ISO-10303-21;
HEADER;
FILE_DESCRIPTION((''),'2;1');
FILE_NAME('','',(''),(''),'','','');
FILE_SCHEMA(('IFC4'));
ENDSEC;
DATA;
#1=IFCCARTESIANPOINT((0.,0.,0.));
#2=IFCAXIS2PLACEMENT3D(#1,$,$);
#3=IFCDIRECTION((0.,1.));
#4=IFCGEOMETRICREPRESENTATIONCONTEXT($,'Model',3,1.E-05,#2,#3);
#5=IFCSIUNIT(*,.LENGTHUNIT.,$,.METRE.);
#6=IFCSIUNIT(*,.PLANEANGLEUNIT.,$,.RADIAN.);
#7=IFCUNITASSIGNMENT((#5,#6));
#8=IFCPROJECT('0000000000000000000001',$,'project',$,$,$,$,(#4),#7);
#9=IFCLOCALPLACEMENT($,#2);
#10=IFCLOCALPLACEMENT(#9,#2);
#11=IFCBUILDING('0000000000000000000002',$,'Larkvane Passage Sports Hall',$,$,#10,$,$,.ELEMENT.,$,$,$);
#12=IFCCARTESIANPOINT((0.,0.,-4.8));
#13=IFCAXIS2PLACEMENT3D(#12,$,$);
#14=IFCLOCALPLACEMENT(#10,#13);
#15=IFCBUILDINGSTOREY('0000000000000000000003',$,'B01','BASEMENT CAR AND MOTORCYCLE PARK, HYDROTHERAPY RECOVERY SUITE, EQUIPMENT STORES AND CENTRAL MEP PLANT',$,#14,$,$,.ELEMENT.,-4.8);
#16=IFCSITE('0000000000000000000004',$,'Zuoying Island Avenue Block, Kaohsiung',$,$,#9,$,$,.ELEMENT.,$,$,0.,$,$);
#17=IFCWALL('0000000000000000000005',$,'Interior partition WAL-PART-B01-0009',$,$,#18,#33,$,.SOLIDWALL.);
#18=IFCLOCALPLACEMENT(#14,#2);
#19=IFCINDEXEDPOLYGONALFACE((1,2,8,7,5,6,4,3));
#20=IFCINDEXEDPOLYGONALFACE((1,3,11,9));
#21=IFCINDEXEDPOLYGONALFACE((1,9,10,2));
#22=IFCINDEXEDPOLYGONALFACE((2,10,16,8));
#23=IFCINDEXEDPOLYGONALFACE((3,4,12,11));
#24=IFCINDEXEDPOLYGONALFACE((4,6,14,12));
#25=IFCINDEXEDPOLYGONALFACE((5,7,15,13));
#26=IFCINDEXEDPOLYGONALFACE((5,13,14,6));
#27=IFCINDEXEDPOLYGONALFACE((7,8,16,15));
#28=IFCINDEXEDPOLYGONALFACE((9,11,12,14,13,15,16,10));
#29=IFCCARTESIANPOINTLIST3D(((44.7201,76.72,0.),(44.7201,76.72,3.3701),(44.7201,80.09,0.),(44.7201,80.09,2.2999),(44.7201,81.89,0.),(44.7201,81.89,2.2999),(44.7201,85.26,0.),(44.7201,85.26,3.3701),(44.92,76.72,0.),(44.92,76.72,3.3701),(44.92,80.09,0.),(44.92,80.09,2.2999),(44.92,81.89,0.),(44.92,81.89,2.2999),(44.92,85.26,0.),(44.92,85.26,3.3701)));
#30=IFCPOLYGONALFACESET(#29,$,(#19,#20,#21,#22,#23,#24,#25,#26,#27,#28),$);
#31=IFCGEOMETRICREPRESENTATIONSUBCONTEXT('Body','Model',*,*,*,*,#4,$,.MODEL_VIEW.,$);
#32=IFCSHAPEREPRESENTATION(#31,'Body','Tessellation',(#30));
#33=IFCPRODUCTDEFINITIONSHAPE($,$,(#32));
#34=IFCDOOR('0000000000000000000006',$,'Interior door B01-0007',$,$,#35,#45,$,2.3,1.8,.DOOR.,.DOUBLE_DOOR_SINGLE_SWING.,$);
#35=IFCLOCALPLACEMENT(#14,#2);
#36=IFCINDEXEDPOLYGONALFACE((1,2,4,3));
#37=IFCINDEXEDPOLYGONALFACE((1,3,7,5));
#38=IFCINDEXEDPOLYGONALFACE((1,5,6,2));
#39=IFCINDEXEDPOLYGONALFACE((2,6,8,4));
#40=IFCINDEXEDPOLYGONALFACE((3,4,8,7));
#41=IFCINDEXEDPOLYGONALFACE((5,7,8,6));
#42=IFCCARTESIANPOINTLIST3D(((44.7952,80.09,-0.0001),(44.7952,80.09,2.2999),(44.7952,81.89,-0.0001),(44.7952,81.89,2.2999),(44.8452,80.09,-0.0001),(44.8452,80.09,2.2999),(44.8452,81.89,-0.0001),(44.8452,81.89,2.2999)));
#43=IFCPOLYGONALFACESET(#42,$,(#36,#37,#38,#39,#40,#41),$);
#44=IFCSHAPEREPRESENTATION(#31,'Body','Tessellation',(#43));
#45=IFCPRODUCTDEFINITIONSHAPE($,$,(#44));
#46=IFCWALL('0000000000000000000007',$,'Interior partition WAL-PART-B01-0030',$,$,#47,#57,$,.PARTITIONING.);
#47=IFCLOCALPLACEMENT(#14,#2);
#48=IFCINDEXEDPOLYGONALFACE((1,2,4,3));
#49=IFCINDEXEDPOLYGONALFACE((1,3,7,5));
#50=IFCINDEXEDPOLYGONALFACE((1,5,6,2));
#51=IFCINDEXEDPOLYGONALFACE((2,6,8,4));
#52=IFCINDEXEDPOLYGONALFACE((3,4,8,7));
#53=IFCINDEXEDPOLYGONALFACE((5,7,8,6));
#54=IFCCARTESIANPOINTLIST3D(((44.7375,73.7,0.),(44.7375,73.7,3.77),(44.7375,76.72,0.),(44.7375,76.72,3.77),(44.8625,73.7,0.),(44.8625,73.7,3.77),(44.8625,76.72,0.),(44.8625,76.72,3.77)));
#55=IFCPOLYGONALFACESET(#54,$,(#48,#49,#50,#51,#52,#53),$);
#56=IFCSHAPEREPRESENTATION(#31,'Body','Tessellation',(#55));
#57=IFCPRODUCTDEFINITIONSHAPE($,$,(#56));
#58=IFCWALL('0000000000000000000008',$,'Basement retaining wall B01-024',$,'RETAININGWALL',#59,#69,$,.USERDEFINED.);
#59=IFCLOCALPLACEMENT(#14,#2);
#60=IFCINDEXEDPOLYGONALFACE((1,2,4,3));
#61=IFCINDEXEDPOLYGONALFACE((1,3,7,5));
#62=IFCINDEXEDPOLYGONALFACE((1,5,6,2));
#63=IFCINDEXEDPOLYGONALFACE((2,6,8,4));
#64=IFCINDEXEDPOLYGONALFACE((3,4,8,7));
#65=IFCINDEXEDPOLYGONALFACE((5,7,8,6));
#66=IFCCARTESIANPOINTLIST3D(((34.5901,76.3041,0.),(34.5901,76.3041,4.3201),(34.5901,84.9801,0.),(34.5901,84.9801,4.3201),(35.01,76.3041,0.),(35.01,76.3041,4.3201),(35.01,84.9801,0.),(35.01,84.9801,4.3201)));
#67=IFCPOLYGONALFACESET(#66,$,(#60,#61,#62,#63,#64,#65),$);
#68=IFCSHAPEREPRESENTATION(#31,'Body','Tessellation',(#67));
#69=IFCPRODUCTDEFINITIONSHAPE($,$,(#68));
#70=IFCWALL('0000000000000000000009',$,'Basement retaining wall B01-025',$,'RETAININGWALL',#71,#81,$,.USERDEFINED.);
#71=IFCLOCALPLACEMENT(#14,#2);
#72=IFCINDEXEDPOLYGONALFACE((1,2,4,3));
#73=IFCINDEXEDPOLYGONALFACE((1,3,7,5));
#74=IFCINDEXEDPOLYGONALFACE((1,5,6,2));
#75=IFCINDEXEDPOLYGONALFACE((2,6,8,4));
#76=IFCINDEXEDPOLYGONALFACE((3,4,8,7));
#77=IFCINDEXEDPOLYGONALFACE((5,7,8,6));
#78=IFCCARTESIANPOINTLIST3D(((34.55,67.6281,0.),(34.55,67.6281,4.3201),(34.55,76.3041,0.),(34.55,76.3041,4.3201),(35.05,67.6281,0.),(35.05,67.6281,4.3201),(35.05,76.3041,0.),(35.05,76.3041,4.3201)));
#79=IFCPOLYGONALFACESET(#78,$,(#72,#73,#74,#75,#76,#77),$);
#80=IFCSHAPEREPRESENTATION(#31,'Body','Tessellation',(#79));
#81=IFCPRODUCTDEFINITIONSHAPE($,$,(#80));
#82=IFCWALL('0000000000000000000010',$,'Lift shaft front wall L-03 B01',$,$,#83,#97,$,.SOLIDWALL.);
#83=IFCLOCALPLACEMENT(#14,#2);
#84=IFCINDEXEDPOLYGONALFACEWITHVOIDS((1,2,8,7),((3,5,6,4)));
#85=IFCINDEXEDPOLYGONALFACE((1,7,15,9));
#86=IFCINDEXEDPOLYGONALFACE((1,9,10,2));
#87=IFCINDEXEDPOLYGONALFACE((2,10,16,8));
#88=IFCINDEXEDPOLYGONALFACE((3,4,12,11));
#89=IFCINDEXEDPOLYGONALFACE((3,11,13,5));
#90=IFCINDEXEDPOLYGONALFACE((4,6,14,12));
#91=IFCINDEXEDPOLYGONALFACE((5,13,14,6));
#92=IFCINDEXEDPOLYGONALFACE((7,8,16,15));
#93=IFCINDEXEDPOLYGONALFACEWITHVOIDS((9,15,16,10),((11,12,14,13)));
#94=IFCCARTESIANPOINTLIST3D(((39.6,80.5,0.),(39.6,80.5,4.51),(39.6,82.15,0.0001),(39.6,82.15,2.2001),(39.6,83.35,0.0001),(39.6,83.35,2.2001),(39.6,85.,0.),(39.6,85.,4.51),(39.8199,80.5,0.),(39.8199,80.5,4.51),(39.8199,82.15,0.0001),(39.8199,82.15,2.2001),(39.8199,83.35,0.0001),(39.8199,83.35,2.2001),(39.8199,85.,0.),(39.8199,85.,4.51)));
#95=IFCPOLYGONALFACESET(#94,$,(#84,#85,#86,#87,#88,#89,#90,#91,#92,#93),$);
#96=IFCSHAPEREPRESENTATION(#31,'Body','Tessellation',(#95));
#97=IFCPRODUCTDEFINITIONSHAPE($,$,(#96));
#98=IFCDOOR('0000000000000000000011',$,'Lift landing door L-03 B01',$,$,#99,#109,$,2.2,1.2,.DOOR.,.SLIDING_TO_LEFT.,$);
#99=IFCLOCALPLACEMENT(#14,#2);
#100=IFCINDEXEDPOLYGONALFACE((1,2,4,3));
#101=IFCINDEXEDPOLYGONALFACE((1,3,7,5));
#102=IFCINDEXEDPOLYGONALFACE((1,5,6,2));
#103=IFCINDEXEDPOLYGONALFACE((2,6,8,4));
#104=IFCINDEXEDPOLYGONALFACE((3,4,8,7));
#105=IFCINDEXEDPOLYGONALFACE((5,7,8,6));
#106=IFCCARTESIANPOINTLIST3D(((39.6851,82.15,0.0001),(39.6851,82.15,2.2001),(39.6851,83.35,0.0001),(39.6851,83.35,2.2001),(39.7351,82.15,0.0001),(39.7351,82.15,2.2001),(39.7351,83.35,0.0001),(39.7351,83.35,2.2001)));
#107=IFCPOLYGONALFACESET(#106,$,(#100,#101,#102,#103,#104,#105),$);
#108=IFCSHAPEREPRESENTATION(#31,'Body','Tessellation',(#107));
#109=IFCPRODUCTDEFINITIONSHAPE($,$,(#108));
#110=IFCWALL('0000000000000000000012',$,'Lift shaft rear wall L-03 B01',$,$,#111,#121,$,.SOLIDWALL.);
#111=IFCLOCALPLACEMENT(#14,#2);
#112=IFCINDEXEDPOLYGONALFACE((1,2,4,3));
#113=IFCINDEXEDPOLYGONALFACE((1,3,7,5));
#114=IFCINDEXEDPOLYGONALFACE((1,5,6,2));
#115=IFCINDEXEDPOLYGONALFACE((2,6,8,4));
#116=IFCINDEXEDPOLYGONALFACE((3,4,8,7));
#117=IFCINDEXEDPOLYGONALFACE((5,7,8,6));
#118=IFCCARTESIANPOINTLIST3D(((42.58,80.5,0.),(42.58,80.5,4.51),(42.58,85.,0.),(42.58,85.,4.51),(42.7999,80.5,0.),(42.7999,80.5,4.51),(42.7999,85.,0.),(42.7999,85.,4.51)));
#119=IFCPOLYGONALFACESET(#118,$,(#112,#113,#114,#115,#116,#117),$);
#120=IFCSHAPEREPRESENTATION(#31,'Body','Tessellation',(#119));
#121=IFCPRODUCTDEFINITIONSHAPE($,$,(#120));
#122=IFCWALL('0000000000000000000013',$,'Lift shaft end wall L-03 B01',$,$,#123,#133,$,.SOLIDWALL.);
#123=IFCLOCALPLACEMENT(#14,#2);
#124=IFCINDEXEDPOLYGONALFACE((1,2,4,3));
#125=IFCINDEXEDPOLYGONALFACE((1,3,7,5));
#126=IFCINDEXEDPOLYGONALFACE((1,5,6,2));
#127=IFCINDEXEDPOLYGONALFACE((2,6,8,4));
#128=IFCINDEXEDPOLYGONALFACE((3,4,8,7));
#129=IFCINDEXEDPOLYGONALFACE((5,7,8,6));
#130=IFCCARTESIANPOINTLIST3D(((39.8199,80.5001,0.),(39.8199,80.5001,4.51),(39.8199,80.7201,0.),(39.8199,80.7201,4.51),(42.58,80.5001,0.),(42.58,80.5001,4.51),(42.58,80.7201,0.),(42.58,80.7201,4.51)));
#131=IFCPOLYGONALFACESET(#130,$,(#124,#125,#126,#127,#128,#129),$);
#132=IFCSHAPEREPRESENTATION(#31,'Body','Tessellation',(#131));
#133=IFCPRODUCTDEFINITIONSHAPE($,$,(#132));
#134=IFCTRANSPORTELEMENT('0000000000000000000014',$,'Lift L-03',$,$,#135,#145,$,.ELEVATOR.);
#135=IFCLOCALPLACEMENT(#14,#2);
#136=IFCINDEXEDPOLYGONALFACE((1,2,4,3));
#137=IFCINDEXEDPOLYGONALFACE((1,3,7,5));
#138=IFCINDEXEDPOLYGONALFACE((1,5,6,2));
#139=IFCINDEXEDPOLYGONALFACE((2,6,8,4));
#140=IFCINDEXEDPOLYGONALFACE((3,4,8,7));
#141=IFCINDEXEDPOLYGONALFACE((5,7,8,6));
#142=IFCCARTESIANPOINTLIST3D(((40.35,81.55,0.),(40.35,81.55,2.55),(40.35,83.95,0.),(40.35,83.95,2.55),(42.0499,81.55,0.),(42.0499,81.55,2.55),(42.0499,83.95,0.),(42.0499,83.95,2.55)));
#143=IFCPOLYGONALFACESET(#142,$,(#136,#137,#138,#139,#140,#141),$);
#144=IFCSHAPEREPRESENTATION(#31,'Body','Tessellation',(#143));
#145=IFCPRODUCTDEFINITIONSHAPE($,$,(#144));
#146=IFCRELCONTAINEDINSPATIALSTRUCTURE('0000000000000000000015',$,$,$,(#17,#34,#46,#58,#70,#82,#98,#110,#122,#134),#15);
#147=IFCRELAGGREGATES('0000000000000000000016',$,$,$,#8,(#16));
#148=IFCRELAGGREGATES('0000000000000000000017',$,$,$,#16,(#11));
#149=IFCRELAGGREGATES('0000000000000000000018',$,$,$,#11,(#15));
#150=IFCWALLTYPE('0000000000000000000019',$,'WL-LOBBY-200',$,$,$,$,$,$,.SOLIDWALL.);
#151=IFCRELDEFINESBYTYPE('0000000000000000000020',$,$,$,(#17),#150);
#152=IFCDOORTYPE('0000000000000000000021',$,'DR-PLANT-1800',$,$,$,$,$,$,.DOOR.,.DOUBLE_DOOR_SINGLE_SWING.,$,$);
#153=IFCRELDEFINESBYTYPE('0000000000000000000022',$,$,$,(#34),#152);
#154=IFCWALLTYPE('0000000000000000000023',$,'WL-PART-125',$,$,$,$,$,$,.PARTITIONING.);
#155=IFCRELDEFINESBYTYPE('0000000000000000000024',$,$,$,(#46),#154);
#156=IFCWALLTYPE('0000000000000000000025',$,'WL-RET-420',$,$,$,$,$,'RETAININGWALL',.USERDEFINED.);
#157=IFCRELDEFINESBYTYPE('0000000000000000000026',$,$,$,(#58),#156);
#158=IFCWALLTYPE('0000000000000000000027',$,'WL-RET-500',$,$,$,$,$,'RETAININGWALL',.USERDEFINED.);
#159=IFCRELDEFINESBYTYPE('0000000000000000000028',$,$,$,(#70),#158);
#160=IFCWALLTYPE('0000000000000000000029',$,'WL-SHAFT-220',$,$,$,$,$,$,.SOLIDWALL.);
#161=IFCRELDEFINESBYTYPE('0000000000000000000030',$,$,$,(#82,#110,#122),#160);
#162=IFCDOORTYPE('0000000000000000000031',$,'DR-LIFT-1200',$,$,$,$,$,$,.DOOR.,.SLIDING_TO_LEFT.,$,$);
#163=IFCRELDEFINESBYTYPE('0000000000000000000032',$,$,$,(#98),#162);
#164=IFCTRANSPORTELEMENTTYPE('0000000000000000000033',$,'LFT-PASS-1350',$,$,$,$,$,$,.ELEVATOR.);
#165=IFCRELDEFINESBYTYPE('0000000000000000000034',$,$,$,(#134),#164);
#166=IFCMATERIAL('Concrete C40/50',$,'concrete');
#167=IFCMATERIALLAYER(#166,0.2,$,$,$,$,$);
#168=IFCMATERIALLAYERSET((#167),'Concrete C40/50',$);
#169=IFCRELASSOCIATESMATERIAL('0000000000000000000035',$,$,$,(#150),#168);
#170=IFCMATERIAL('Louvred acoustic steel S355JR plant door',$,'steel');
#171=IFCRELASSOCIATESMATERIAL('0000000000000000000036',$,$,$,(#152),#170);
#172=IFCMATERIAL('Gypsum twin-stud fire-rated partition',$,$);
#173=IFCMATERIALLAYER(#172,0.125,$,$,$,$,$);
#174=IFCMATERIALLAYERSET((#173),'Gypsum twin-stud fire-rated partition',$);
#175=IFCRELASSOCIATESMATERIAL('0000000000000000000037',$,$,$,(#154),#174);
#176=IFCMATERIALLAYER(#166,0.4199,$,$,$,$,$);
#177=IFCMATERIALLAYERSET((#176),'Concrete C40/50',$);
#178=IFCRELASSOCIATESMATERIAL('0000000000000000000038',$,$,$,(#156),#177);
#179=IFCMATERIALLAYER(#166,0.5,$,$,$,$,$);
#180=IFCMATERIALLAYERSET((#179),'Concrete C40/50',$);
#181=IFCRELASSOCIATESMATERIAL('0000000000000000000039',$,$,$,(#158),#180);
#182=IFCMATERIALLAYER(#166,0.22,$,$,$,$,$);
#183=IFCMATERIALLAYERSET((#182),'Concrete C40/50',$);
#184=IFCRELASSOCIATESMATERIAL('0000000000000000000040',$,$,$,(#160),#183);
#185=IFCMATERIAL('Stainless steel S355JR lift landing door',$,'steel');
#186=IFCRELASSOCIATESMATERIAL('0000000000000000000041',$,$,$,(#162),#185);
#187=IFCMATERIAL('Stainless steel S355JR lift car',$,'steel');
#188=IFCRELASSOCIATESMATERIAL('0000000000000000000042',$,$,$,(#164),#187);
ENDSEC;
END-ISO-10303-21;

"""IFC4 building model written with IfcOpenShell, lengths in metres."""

from ifc_helpers import new_model, si_unit, direction, frame, frame_2d, origin, origin_2d, place, context, subcontext, project, spatial, rectangle, extrude, material, layer, layer_set, type_object, element, fill, save


model = new_model("IFC4")

# Units and contexts
model_context = context("Model", 3, precision=1e-05, world=origin(), true_north=direction((0.0, 1.0)))
body_context = subcontext(model_context, "Body", "Model", "MODEL_VIEW")
ifc_project = project(units=[si_unit("LENGTHUNIT", "METRE"), si_unit("PLANEANGLEUNIT", "RADIAN")], contexts=[model_context])

# Site, building, storey
site_placement = place(None, origin())
site = spatial("IfcSite", under=ifc_project, at=site_placement, Name="Zuoying Island Avenue Block, Kaohsiung", CompositionType="ELEMENT", RefElevation=0.0)
building_placement = place(site_placement, origin())
building = spatial("IfcBuilding", under=site, at=building_placement, Name="Larkvane Passage Sports Hall", CompositionType="ELEMENT")
storey_placement = place(building_placement, frame((0.0, 0.0, -4.8)))
storey = spatial("IfcBuildingStorey", under=building, at=storey_placement, Name="B01", Description="BASEMENT CAR AND MOTORCYCLE PARK, HYDROTHERAPY RECOVERY SUITE, EQUIPMENT STORES AND CENTRAL MEP PLANT", CompositionType="ELEMENT", Elevation=-4.8)

# Shared definitions
ifc_material_1 = material(Name="Concrete C40/50", Category="concrete")

# Wall, opening, door
ifc_layer_1 = layer(ifc_material_1, 0.2)
ifc_layer_set_1 = layer_set([ifc_layer_1], Name="Concrete C40/50")
wall_type_1 = type_object("IfcWallType", Name="WL-LOBBY-200", PredefinedType="SOLIDWALL", material=ifc_layer_set_1)
wall_1_placement = place(storey_placement, frame((44.8201, 76.72, 0.0), z_axis=(0.0, 0.0, 1.0), x_axis=(0.0, 1.0, 0.0)))
wall_1 = element("IfcWall", 1, at=wall_1_placement, inside=storey, type_object=wall_type_1, Name="Interior partition WAL-PART-B01-0009", PredefinedType="SOLIDWALL", context=body_context, shape_type="SweptSolid", body=[
    extrude(rectangle(XDim=8.54, YDim=0.2, at=frame_2d((4.27, 0.0))), origin(), (0.0, 0.0, 1.0), 3.3701),
])
opening_1_placement = place(wall_1_placement, frame((3.3701, 0.0, 0.0)))
opening_1 = element("IfcOpeningElement", 2, at=opening_1_placement, cuts=wall_1, PredefinedType="OPENING", context=body_context, shape_type="SweptSolid", body=[
    extrude(rectangle(XDim=1.8, YDim=2.3, at=frame_2d((0.8999, 1.1499))), frame((0.0, 0.1099, 0.0), z_axis=(0.0, -1.0, 0.0), x_axis=(1.0, 0.0, 0.0)), (0.0, 0.0, 1.0), 0.22),
])
ifc_material_2 = material(Name="Louvred acoustic steel S355JR plant door", Category="steel")
door_type_1 = type_object("IfcDoorType", Name="DR-PLANT-1800", OperationType="DOUBLE_DOOR_SINGLE_SWING", PredefinedType="DOOR", material=ifc_material_2)
door_1_placement = place(opening_1_placement, origin())
door_1 = element("IfcDoor", 3, at=door_1_placement, inside=storey, type_object=door_type_1, Name="Interior door B01-0007", OperationType="DOUBLE_DOOR_SINGLE_SWING", OverallHeight=2.3, OverallWidth=1.8, PredefinedType="DOOR", context=body_context, shape_type="SweptSolid", body=[
    extrude(rectangle(XDim=1.8, YDim=2.3, at=frame_2d((0.8999, 1.1499))), frame((0.0, 0.0249, 0.0), z_axis=(0.0, -1.0, 0.0), x_axis=(1.0, 0.0, 0.0)), (0.0, 0.0, 1.0), 0.05),
])
fill(opening_1, door_1)

# Walls
ifc_material_3 = material(Name="Gypsum twin-stud fire-rated partition")
ifc_layer_2 = layer(ifc_material_3, 0.125)
ifc_layer_set_2 = layer_set([ifc_layer_2], Name="Gypsum twin-stud fire-rated partition")
wall_type_2 = type_object("IfcWallType", Name="WL-PART-125", PredefinedType="PARTITIONING", material=ifc_layer_set_2)
wall_2_placement = place(storey_placement, frame((44.8, 76.72, 0.0), z_axis=(0.0, 0.0, 1.0), x_axis=(0.0, -1.0, 0.0)))
element("IfcWall", 4, at=wall_2_placement, inside=storey, type_object=wall_type_2, Name="Interior partition WAL-PART-B01-0030", PredefinedType="PARTITIONING", context=body_context, shape_type="SweptSolid", body=[
    extrude(rectangle(XDim=3.02, YDim=0.125, at=frame_2d((1.51, 0.0))), origin(), (0.0, 0.0, 1.0), 3.77),
])
ifc_layer_3 = layer(ifc_material_1, 0.4199)
ifc_layer_set_3 = layer_set([ifc_layer_3], Name="Concrete C40/50")
wall_type_3 = type_object("IfcWallType", Name="WL-RET-420", ElementType="RETAININGWALL", PredefinedType="USERDEFINED", material=ifc_layer_set_3)
wall_3_placement = place(storey_placement, frame((34.8, 84.98, 0.0), z_axis=(0.0, 0.0, 1.0), x_axis=(0.0, -1.0, 0.0)))
element("IfcWall", 5, at=wall_3_placement, inside=storey, type_object=wall_type_3, Name="Basement retaining wall B01-024", ObjectType="RETAININGWALL", PredefinedType="USERDEFINED", context=body_context, shape_type="SweptSolid", body=[
    extrude(rectangle(XDim=8.676, YDim=0.4199, at=frame_2d((4.3379, 0.0))), origin(), (0.0, 0.0, 1.0), 4.3201),
])
ifc_layer_4 = layer(ifc_material_1, 0.5)
ifc_layer_set_4 = layer_set([ifc_layer_4], Name="Concrete C40/50")
wall_type_4 = type_object("IfcWallType", Name="WL-RET-500", ElementType="RETAININGWALL", PredefinedType="USERDEFINED", material=ifc_layer_set_4)
wall_4_placement = place(storey_placement, frame((34.8, 76.304, 0.0), z_axis=(0.0, 0.0, 1.0), x_axis=(0.0, -1.0, 0.0)))
element("IfcWall", 6, at=wall_4_placement, inside=storey, type_object=wall_type_4, Name="Basement retaining wall B01-025", ObjectType="RETAININGWALL", PredefinedType="USERDEFINED", context=body_context, shape_type="SweptSolid", body=[
    extrude(rectangle(XDim=8.676, YDim=0.5, at=frame_2d((4.3379, 0.0))), origin(), (0.0, 0.0, 1.0), 4.3201),
])

# Wall, opening, door
ifc_layer_5 = layer(ifc_material_1, 0.22)
ifc_layer_set_5 = layer_set([ifc_layer_5], Name="Concrete C40/50")
wall_type_5 = type_object("IfcWallType", Name="WL-SHAFT-220", PredefinedType="SOLIDWALL", material=ifc_layer_set_5)
wall_5_placement = place(storey_placement, frame((39.71, 80.5, 0.0), z_axis=(0.0, 0.0, 1.0), x_axis=(0.0, 1.0, 0.0)))
wall_5 = element("IfcWall", 7, at=wall_5_placement, inside=storey, type_object=wall_type_5, Name="Lift shaft front wall L-03 B01", PredefinedType="SOLIDWALL", context=body_context, shape_type="SweptSolid", body=[
    extrude(rectangle(XDim=4.5, YDim=0.22, at=frame_2d((2.25, 0.0))), origin(), (0.0, 0.0, 1.0), 4.51),
])
opening_2_placement = place(wall_5_placement, frame((1.6499, 0.0, 0.0)))
opening_2 = element("IfcOpeningElement", 8, at=opening_2_placement, cuts=wall_5, PredefinedType="OPENING", context=body_context, shape_type="SweptSolid", body=[
    extrude(rectangle(XDim=1.2, YDim=2.2, at=frame_2d((0.6001, 1.1001))), frame((0.0, 0.1199, 0.0), z_axis=(0.0, -1.0, 0.0), x_axis=(1.0, 0.0, 0.0)), (0.0, 0.0, 1.0), 0.24),
])
ifc_material_4 = material(Name="Stainless steel S355JR lift landing door", Category="steel")
door_type_2 = type_object("IfcDoorType", Name="DR-LIFT-1200", OperationType="SLIDING_TO_LEFT", PredefinedType="DOOR", material=ifc_material_4)
door_2_placement = place(opening_2_placement, origin())
door_2 = element("IfcDoor", 9, at=door_2_placement, inside=storey, type_object=door_type_2, Name="Lift landing door L-03 B01", OperationType="SLIDING_TO_LEFT", OverallHeight=2.2, OverallWidth=1.2, PredefinedType="DOOR", context=body_context, shape_type="SweptSolid", body=[
    extrude(rectangle(XDim=1.2, YDim=2.2, at=frame_2d((0.6001, 1.1001))), frame((0.0, 0.0249, 0.0), z_axis=(0.0, -1.0, 0.0), x_axis=(1.0, 0.0, 0.0)), (0.0, 0.0, 1.0), 0.05),
])
fill(opening_2, door_2)

# Walls
wall_6_placement = place(storey_placement, frame((42.6899, 80.5, 0.0), z_axis=(0.0, 0.0, 1.0), x_axis=(0.0, 1.0, 0.0)))
element("IfcWall", 10, at=wall_6_placement, inside=storey, type_object=wall_type_5, Name="Lift shaft rear wall L-03 B01", PredefinedType="SOLIDWALL", context=body_context, shape_type="SweptSolid", body=[
    extrude(rectangle(XDim=4.5, YDim=0.22, at=frame_2d((2.25, 0.0))), origin(), (0.0, 0.0, 1.0), 4.51),
])
wall_7_placement = place(storey_placement, frame((39.8201, 80.6101, 0.0), z_axis=(0.0, 0.0, 1.0), x_axis=(1.0, 0.0, 0.0)))
element("IfcWall", 11, at=wall_7_placement, inside=storey, type_object=wall_type_5, Name="Lift shaft end wall L-03 B01", PredefinedType="SOLIDWALL", context=body_context, shape_type="SweptSolid", body=[
    extrude(rectangle(XDim=2.76, YDim=0.22, at=frame_2d((1.3799, 0.0))), origin(), (0.0, 0.0, 1.0), 4.51),
])

# Transport element
ifc_material_5 = material(Name="Stainless steel S355JR lift car", Category="steel")
transport_element_type = type_object("IfcTransportElementType", Name="LFT-PASS-1350", PredefinedType="ELEVATOR", material=ifc_material_5)
transport_element_placement = place(storey_placement, frame((41.2, 82.75, 0.0), z_axis=(0.0, 0.0, 1.0), x_axis=(1.0, 0.0, 0.0)))
element("IfcTransportElement", 12, at=transport_element_placement, inside=storey, type_object=transport_element_type, Name="Lift L-03", PredefinedType="ELEVATOR", context=body_context, shape_type="SweptSolid", body=[
    extrude(rectangle(XDim=1.7, YDim=2.3999, at=origin_2d()), origin(), (0.0, 0.0, 1.0), 2.55),
])

save(model, "model.ifc")
